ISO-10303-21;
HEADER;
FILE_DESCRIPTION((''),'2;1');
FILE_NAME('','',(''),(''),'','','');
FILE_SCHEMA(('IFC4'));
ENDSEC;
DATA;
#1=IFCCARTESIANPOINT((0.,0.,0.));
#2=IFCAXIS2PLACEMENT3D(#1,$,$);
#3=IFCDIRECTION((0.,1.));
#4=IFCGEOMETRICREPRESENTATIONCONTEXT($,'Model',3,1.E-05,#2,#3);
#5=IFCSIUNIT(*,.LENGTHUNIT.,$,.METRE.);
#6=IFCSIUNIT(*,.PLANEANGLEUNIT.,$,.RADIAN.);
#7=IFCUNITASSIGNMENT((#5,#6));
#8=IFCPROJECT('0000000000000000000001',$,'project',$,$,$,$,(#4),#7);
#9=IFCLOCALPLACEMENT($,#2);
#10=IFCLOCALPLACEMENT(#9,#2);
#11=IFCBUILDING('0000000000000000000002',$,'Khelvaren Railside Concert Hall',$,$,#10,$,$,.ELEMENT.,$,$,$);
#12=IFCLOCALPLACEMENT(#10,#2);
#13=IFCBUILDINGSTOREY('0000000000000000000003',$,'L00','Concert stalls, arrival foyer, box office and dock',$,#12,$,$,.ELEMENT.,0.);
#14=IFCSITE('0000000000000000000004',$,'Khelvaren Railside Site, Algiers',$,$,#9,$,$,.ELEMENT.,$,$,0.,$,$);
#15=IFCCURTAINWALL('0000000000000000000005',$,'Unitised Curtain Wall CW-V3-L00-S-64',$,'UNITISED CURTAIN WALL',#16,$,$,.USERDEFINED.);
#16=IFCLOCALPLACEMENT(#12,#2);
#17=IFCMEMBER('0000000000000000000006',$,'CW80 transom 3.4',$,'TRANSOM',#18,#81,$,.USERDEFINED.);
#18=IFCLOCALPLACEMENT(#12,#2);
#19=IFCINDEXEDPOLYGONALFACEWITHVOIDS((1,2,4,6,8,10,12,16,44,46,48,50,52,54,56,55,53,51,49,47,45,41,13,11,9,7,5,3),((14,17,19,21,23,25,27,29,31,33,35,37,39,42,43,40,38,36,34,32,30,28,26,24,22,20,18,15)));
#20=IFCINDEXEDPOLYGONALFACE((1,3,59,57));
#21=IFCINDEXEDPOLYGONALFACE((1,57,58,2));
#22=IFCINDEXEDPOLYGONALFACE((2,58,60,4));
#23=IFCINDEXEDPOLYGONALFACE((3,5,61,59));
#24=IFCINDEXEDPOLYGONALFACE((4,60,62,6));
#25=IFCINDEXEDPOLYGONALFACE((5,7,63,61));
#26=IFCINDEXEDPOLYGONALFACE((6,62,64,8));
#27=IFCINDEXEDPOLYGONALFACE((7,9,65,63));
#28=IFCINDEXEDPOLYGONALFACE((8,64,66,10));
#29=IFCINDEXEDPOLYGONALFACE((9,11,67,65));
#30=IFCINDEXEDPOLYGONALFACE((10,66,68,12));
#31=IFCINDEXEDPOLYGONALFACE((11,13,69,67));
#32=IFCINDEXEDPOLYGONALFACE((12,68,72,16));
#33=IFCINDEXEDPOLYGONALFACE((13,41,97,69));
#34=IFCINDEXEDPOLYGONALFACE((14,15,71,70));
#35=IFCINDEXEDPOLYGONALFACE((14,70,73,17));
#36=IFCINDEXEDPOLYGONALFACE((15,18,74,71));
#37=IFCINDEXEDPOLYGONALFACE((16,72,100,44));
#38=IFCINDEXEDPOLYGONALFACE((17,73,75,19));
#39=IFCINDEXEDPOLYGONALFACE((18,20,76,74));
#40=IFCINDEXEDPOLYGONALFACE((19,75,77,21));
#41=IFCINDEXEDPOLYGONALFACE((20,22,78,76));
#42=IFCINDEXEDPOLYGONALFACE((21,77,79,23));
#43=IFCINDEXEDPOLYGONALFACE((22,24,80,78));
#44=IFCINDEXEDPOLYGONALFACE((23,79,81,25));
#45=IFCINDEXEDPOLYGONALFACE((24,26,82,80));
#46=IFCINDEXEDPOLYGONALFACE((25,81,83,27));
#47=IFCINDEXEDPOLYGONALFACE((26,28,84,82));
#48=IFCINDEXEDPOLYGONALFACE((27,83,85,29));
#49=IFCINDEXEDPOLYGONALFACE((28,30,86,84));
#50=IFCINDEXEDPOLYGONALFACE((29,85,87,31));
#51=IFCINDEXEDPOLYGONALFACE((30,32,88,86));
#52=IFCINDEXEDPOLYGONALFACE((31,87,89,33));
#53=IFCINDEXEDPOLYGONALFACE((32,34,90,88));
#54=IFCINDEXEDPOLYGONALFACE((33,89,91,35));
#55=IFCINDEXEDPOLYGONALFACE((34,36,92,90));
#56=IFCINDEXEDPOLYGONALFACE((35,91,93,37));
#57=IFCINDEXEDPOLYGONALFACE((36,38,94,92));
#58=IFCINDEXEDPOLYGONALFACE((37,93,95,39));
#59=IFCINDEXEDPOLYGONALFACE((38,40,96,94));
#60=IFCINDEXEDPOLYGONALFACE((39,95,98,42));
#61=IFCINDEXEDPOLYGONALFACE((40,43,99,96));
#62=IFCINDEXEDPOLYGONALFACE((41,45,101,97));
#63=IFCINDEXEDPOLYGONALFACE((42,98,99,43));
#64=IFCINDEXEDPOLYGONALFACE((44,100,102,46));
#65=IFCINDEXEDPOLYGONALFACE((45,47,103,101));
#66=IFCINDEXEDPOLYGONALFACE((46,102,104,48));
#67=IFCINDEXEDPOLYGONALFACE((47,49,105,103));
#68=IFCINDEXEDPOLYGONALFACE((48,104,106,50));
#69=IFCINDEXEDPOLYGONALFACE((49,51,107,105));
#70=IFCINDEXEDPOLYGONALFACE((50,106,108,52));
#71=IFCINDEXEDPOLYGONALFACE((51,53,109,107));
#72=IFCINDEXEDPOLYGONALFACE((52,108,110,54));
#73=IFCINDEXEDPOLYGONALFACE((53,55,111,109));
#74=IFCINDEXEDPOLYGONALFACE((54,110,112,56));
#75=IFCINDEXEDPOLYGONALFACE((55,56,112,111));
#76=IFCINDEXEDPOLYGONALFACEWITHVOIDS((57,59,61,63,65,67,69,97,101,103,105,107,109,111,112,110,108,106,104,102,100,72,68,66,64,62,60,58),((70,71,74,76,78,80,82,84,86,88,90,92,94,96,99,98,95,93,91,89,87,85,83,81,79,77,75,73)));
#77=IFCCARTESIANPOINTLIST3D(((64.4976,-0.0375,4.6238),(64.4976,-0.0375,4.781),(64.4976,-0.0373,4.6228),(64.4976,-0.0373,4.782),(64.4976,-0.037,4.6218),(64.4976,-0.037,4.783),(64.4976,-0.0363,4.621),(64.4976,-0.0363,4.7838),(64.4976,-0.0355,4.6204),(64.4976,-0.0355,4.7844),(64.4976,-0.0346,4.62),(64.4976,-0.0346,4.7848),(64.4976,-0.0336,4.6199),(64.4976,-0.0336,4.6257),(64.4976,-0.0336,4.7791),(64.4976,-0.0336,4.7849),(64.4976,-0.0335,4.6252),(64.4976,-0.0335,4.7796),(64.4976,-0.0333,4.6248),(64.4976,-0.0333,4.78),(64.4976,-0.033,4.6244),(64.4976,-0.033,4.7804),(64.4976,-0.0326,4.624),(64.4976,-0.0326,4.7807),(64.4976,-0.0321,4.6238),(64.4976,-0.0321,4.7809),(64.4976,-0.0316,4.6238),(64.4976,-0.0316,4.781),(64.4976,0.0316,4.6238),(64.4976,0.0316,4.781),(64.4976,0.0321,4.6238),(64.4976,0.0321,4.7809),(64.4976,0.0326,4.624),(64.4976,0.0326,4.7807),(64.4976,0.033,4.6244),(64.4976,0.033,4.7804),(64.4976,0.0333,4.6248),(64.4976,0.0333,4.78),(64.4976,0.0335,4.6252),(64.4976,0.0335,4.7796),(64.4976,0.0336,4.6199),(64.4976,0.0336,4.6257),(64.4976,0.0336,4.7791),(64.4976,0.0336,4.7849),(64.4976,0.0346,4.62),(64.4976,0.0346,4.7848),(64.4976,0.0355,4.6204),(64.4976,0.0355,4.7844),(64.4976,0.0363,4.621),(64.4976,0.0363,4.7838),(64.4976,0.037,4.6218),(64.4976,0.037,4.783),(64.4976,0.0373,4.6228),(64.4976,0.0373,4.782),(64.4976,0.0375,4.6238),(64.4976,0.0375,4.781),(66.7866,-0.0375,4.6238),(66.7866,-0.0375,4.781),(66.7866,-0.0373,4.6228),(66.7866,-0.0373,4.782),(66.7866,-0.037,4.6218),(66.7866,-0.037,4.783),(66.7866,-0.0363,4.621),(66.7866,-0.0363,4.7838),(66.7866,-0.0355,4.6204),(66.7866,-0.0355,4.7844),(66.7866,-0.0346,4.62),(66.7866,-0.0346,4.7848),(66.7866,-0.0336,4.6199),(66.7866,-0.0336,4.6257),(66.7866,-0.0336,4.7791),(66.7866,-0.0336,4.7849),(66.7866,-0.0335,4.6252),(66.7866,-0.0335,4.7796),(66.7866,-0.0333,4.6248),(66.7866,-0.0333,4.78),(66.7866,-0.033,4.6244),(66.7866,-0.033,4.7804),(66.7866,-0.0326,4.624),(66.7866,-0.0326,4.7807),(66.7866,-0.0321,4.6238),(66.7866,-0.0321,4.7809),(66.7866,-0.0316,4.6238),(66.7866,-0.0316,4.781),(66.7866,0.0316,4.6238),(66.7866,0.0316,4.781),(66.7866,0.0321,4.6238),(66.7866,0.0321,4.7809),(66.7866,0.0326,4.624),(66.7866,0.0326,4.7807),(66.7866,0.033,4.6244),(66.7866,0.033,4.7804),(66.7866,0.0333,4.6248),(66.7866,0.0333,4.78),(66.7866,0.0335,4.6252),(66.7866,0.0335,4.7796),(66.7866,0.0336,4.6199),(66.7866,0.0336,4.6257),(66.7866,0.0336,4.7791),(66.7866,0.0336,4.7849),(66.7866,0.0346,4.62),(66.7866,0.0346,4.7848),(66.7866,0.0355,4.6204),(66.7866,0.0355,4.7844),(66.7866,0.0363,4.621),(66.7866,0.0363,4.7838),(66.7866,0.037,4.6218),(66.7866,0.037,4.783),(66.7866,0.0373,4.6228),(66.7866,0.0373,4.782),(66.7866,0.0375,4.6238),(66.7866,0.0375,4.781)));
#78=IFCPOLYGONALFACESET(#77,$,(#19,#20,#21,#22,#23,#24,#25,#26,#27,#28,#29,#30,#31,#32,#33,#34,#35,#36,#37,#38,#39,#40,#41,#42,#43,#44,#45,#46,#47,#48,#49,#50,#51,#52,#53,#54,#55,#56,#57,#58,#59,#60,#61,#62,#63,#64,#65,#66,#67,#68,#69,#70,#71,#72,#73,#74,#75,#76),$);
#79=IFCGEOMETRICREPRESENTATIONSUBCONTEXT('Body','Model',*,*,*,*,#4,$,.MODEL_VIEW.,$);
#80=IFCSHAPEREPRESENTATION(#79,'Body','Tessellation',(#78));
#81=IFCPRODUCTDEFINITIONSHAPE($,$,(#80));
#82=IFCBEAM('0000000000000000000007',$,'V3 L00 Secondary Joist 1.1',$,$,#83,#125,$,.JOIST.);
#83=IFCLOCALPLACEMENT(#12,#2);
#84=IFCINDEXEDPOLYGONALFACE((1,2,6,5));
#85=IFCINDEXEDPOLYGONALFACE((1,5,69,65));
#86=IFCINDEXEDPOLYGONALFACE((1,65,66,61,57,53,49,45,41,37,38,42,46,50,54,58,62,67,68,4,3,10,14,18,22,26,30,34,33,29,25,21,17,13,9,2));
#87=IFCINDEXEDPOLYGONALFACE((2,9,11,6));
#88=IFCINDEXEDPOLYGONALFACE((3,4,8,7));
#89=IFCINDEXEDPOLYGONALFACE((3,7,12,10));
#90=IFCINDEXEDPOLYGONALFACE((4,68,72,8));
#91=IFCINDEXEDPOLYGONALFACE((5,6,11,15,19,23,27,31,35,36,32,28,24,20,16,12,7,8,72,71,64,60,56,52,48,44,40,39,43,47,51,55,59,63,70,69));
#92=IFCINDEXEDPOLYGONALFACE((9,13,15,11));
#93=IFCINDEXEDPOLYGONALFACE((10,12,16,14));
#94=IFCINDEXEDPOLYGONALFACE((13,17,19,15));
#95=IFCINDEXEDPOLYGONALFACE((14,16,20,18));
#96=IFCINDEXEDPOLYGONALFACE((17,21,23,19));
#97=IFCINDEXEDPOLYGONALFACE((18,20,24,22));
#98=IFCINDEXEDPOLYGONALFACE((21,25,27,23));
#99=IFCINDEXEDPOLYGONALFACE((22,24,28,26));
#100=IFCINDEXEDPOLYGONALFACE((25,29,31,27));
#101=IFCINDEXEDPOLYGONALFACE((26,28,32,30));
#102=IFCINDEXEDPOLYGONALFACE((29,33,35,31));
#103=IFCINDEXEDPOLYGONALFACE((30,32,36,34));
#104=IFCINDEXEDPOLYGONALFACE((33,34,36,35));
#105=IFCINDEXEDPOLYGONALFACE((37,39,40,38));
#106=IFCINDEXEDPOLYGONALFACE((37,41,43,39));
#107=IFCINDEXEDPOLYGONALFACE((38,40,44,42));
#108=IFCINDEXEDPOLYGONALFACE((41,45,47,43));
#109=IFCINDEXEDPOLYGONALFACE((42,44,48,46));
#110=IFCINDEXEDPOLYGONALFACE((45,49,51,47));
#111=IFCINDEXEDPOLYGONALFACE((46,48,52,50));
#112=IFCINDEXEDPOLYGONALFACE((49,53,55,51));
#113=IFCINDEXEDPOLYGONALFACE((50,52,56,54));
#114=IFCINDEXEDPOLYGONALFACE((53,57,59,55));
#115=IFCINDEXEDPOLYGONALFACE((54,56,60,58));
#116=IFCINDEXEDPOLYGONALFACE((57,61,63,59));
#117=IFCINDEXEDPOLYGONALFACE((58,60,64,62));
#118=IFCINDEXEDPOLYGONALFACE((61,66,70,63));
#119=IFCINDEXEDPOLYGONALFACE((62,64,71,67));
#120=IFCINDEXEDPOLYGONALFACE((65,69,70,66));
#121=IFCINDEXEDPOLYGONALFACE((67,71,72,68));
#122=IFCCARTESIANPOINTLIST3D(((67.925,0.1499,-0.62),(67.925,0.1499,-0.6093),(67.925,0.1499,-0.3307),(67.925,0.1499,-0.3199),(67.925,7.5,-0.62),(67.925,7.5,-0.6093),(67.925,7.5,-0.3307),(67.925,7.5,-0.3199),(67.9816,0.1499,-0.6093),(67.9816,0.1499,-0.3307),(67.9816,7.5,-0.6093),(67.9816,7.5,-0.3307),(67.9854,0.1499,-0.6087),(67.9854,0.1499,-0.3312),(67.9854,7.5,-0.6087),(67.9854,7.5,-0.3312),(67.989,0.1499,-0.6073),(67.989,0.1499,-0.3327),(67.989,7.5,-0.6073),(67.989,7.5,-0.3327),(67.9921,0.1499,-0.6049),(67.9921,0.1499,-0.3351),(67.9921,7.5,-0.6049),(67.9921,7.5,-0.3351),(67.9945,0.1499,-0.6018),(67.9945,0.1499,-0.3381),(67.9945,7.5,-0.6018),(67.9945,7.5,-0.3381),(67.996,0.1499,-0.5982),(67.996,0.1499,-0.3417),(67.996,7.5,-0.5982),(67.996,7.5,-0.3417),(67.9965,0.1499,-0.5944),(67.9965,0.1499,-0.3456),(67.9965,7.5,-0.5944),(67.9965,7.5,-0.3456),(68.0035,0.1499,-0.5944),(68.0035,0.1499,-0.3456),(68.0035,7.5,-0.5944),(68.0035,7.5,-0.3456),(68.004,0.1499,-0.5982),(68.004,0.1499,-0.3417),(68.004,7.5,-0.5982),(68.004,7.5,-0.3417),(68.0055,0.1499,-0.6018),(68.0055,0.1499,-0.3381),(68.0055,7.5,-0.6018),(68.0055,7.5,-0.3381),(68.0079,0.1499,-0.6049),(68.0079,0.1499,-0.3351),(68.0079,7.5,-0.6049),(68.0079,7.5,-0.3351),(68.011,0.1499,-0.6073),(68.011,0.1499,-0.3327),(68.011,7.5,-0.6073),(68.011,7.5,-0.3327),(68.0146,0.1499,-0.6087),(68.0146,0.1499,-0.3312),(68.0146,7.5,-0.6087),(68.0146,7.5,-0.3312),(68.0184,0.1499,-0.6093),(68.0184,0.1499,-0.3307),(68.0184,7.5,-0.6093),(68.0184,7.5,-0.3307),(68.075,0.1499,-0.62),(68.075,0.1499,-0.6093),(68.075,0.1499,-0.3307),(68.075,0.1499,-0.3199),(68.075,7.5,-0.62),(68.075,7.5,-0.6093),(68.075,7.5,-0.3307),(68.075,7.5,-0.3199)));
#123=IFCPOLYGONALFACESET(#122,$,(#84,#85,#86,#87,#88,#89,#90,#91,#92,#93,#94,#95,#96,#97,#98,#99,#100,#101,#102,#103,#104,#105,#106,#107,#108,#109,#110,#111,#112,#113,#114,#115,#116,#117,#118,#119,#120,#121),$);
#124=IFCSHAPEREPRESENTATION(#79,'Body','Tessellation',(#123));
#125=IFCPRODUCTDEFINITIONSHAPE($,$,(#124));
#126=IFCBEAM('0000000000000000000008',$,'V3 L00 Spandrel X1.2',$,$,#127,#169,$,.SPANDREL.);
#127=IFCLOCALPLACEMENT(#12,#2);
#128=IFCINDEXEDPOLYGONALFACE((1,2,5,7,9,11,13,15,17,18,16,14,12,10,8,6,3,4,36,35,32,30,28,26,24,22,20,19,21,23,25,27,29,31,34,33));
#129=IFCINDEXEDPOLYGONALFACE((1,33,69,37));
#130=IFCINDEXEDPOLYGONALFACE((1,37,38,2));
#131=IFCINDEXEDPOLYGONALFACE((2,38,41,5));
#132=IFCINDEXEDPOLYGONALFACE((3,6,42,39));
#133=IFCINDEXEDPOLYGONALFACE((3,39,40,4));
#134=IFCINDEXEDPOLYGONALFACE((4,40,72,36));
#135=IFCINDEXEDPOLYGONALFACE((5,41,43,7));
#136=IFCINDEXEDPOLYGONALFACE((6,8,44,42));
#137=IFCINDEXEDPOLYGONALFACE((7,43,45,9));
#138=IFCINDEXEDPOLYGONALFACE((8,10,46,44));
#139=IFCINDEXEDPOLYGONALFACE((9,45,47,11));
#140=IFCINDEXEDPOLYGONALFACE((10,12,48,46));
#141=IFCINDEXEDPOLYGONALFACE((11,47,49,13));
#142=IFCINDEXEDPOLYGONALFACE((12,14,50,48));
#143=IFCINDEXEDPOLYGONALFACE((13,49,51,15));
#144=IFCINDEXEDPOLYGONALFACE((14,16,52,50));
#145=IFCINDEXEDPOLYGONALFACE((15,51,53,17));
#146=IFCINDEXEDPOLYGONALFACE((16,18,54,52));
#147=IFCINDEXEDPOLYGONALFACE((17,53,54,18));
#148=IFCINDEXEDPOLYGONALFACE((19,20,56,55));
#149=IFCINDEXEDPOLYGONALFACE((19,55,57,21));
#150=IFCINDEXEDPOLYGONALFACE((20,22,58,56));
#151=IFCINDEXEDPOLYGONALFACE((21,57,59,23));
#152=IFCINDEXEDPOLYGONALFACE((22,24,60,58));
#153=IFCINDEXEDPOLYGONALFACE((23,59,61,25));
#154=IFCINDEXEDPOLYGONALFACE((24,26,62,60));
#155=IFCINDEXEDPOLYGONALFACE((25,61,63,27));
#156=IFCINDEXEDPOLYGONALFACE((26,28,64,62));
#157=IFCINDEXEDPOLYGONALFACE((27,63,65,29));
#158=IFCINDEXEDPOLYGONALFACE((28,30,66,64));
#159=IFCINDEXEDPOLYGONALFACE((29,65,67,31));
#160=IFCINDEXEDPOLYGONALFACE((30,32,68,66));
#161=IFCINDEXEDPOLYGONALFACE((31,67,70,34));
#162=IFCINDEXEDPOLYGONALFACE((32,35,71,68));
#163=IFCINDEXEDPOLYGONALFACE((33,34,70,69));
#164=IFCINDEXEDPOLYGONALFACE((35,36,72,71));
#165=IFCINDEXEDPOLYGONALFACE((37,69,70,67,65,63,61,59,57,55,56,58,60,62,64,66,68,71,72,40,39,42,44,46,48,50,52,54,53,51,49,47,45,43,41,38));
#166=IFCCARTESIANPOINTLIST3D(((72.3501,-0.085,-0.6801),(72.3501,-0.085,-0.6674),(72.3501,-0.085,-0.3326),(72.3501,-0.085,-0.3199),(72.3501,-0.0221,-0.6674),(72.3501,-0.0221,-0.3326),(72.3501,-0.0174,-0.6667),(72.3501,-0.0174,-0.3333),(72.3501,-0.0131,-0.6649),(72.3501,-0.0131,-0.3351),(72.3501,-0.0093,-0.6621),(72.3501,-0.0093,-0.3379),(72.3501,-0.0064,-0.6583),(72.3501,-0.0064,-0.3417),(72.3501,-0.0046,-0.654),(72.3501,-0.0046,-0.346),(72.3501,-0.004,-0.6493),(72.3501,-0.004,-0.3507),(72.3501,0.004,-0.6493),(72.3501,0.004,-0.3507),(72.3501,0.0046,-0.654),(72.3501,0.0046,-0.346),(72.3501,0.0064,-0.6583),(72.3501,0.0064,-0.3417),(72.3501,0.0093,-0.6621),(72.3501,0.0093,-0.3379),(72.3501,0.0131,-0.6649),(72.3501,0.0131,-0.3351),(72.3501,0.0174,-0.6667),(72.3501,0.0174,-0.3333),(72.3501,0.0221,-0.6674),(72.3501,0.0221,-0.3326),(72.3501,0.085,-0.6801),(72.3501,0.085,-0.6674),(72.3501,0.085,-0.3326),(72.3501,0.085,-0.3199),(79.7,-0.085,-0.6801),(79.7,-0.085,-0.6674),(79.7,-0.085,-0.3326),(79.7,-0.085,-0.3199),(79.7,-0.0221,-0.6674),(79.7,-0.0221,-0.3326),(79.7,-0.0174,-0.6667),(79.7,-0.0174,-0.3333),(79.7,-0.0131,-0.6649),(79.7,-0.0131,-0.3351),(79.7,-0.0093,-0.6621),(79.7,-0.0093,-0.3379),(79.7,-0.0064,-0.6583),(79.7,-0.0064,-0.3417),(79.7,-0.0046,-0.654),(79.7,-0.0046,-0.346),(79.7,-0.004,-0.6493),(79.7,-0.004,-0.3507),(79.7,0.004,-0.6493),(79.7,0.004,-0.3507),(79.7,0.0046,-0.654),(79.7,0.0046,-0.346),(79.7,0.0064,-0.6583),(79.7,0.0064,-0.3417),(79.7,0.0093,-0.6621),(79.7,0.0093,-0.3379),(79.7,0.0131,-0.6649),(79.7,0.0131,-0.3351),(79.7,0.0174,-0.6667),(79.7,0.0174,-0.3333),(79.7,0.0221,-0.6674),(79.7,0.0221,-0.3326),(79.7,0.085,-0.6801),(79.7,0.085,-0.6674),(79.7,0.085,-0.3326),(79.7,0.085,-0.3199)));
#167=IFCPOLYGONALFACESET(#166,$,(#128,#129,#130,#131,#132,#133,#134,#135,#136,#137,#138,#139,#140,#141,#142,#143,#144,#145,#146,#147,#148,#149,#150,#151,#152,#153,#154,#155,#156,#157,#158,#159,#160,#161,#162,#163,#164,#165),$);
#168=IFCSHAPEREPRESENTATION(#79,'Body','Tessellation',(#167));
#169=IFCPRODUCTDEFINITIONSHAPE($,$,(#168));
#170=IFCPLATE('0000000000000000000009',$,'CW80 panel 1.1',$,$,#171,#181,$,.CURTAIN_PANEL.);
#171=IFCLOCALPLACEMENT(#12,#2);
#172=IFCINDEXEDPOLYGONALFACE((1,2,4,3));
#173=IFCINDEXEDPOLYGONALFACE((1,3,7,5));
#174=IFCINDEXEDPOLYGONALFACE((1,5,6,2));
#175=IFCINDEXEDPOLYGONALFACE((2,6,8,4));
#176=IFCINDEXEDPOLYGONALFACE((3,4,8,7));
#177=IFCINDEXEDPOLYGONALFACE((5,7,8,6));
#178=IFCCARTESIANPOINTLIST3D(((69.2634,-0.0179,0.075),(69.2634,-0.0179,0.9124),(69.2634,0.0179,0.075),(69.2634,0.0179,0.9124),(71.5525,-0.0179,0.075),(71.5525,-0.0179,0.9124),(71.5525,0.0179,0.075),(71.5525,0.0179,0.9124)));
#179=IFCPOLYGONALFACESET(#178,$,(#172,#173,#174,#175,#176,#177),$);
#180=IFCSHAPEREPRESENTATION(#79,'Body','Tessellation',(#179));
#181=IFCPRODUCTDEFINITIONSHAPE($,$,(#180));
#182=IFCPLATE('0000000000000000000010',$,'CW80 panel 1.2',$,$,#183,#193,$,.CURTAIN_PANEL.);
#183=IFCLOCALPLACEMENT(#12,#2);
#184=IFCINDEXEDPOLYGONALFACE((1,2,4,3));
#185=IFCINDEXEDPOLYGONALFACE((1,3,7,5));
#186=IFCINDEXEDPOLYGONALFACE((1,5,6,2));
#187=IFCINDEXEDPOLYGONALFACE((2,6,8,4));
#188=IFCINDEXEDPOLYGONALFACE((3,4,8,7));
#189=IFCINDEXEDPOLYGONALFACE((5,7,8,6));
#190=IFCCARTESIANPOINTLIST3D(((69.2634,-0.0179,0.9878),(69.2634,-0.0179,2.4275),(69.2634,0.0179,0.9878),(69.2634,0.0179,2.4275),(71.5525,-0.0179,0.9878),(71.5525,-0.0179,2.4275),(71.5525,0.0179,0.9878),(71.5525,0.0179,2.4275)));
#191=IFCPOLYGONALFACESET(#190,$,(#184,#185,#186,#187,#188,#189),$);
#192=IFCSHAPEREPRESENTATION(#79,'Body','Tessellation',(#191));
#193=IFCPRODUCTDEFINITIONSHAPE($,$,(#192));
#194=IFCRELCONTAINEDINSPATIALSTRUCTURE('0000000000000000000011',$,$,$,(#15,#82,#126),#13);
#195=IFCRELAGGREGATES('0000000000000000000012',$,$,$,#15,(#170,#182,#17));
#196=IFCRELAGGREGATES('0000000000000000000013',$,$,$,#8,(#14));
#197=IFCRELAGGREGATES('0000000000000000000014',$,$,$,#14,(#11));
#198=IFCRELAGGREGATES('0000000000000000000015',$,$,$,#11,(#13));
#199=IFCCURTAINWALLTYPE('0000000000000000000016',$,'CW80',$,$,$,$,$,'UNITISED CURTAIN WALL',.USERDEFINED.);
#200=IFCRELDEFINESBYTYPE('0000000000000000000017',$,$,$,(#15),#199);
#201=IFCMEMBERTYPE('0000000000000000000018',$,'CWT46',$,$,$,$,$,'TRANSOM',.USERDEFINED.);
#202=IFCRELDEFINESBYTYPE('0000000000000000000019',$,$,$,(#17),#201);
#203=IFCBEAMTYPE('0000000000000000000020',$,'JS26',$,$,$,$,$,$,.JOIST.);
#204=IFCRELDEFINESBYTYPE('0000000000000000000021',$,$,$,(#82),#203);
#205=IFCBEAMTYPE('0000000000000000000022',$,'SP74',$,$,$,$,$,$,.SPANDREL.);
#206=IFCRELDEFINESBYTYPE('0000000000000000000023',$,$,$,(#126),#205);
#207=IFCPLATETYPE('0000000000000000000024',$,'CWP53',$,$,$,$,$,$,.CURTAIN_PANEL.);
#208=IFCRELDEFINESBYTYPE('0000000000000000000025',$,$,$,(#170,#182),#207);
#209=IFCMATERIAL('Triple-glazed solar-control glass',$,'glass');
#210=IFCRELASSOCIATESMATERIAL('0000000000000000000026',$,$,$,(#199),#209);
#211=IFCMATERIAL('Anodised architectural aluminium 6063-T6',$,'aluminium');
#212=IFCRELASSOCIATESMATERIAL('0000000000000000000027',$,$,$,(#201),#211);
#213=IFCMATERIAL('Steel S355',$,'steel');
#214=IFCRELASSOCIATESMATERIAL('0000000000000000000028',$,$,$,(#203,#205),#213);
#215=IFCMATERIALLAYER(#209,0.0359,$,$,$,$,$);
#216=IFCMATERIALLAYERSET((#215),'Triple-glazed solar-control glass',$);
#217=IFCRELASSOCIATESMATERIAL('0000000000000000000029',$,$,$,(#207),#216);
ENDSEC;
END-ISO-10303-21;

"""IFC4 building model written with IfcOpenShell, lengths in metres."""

from ifc_helpers import new_model, si_unit, direction, frame, origin, origin_2d, place, context, subcontext, project, spatial, rectangle, hollow_rectangle, i_section, extrude, material, layer, layer_set, material_profile, profile_set, type_object, element, aggregate, save


model = new_model("IFC4")

# Units and contexts
model_context = context("Model", 3, precision=1e-05, world=origin(), true_north=direction((0.0, 1.0)))
body_context = subcontext(model_context, "Body", "Model", "MODEL_VIEW")
ifc_project = project(units=[si_unit("LENGTHUNIT", "METRE"), si_unit("PLANEANGLEUNIT", "RADIAN")], contexts=[model_context])

# Site, building, storey
site_placement = place(None, origin())
site = spatial("IfcSite", under=ifc_project, at=site_placement, Name="Khelvaren Railside Site, Algiers", CompositionType="ELEMENT", RefElevation=0.0)
building_placement = place(site_placement, origin())
building = spatial("IfcBuilding", under=site, at=building_placement, Name="Khelvaren Railside Concert Hall", CompositionType="ELEMENT")
storey_placement = place(building_placement, origin())
storey = spatial("IfcBuildingStorey", under=building, at=storey_placement, Name="L00", Description="Concert stalls, arrival foyer, box office and dock", CompositionType="ELEMENT", Elevation=0.0)

# Shared definitions
ifc_material_1 = material(Name="Steel S355", Category="steel")

# Curtain wall, member
ifc_material_2 = material(Name="Triple-glazed solar-control glass", Category="glass")
curtain_wall_type = type_object("IfcCurtainWallType", Name="CW80", ElementType="UNITISED CURTAIN WALL", PredefinedType="USERDEFINED", material=ifc_material_2)
curtain_wall_placement = place(storey_placement, origin())
curtain_wall = element("IfcCurtainWall", 1, at=curtain_wall_placement, inside=storey, type_object=curtain_wall_type, Name="Unitised Curtain Wall CW-V3-L00-S-64", ObjectType="UNITISED CURTAIN WALL", PredefinedType="USERDEFINED")
ifc_material_3 = material(Name="Anodised architectural aluminium 6063-T6", Category="aluminium")
ifc_material_profile_1 = material_profile(ifc_material_3, hollow_rectangle(XDim=0.075, YDim=0.165, WallThickness=0.0039, InnerFilletRadius=0.002, OuterFilletRadius=0.0039, at=origin_2d()), Name="CWT 75x165x4")
ifc_profile_set_1 = profile_set([ifc_material_profile_1], Name="Anodised architectural aluminium 6063-T6")
member_type_1 = type_object("IfcMemberType", Name="CWT46", ElementType="TRANSOM", PredefinedType="USERDEFINED", material=ifc_profile_set_1)
member_1_placement = place(storey_placement, frame((66.7866, 0.0, 4.7024), z_axis=(-1.0, 0.0, 0.0), x_axis=(0.0, -1.0, 0.0)))
member_1 = element("IfcMember", 2, at=member_1_placement, type_object=member_type_1, Name="CW80 transom 3.4", ObjectType="TRANSOM", PredefinedType="USERDEFINED", context=body_context, shape_type="SweptSolid", body=[
    extrude(hollow_rectangle(XDim=0.075, YDim=0.165, WallThickness=0.0039, InnerFilletRadius=0.002, OuterFilletRadius=0.0039, at=origin_2d()), origin(), (0.0, 0.0, 1.0), 2.2891),
])

# Beams
ifc_material_profile_2 = material_profile(ifc_material_1, i_section(OverallWidth=0.1499, OverallDepth=0.3, WebThickness=0.0071, FlangeThickness=0.0107, FilletRadius=0.0149, at=origin_2d()), Name="IPE 300")
ifc_profile_set_2 = profile_set([ifc_material_profile_2], Name="Steel S355")
beam_type_1 = type_object("IfcBeamType", Name="JS26", PredefinedType="JOIST", material=ifc_profile_set_2)
beam_1_placement = place(storey_placement, frame((68.0, 0.1499, -0.47), z_axis=(0.0, 1.0, 0.0), x_axis=(-1.0, 0.0, 0.0)))
element("IfcBeam", 3, at=beam_1_placement, inside=storey, type_object=beam_type_1, Name="V3 L00 Secondary Joist 1.1", PredefinedType="JOIST", context=body_context, shape_type="SweptSolid", body=[
    extrude(i_section(OverallWidth=0.1499, OverallDepth=0.3, WebThickness=0.0071, FlangeThickness=0.0107, FilletRadius=0.0149, at=origin_2d()), origin(), (0.0, 0.0, 1.0), 7.3501),
])
ifc_material_profile_3 = material_profile(ifc_material_1, i_section(OverallWidth=0.1699, OverallDepth=0.3601, WebThickness=0.0081, FlangeThickness=0.0127, FilletRadius=0.0181, at=origin_2d()), Name="IPE 360")
ifc_profile_set_3 = profile_set([ifc_material_profile_3], Name="Steel S355")
beam_type_2 = type_object("IfcBeamType", Name="SP74", PredefinedType="SPANDREL", material=ifc_profile_set_3)
beam_2_placement = place(storey_placement, frame((72.3501, 0.0, -0.5), z_axis=(1.0, 0.0, 0.0), x_axis=(0.0, 1.0, 0.0)))
element("IfcBeam", 4, at=beam_2_placement, inside=storey, type_object=beam_type_2, Name="V3 L00 Spandrel X1.2", PredefinedType="SPANDREL", context=body_context, shape_type="SweptSolid", body=[
    extrude(i_section(OverallWidth=0.1699, OverallDepth=0.3601, WebThickness=0.0081, FlangeThickness=0.0127, FilletRadius=0.0181, at=origin_2d()), origin(), (0.0, 0.0, 1.0), 7.3499),
])

# Plates
ifc_layer_1 = layer(ifc_material_2, 0.0359)
ifc_layer_set_1 = layer_set([ifc_layer_1], Name="Triple-glazed solar-control glass")
plate_type = type_object("IfcPlateType", Name="CWP53", PredefinedType="CURTAIN_PANEL", material=ifc_layer_set_1)
plate_1_placement = place(storey_placement, frame((70.408, 0.0, 0.075), z_axis=(0.0, 0.0, 1.0), x_axis=(-1.0, 0.0, 0.0)))
plate_1 = element("IfcPlate", 5, at=plate_1_placement, type_object=plate_type, Name="CW80 panel 1.1", PredefinedType="CURTAIN_PANEL", context=body_context, shape_type="SweptSolid", body=[
    extrude(rectangle(XDim=2.2891, YDim=0.0359, at=origin_2d()), origin(), (0.0, 0.0, 1.0), 0.8374),
])
plate_2_placement = place(storey_placement, frame((70.408, 0.0, 0.9878), z_axis=(0.0, 0.0, 1.0), x_axis=(-1.0, 0.0, 0.0)))
plate_2 = element("IfcPlate", 6, at=plate_2_placement, type_object=plate_type, Name="CW80 panel 1.2", PredefinedType="CURTAIN_PANEL", context=body_context, shape_type="SweptSolid", body=[
    extrude(rectangle(XDim=2.2891, YDim=0.0359, at=origin_2d()), origin(), (0.0, 0.0, 1.0), 1.4397),
])
aggregate(curtain_wall, [plate_1, plate_2, member_1])

save(model, "model.ifc")
